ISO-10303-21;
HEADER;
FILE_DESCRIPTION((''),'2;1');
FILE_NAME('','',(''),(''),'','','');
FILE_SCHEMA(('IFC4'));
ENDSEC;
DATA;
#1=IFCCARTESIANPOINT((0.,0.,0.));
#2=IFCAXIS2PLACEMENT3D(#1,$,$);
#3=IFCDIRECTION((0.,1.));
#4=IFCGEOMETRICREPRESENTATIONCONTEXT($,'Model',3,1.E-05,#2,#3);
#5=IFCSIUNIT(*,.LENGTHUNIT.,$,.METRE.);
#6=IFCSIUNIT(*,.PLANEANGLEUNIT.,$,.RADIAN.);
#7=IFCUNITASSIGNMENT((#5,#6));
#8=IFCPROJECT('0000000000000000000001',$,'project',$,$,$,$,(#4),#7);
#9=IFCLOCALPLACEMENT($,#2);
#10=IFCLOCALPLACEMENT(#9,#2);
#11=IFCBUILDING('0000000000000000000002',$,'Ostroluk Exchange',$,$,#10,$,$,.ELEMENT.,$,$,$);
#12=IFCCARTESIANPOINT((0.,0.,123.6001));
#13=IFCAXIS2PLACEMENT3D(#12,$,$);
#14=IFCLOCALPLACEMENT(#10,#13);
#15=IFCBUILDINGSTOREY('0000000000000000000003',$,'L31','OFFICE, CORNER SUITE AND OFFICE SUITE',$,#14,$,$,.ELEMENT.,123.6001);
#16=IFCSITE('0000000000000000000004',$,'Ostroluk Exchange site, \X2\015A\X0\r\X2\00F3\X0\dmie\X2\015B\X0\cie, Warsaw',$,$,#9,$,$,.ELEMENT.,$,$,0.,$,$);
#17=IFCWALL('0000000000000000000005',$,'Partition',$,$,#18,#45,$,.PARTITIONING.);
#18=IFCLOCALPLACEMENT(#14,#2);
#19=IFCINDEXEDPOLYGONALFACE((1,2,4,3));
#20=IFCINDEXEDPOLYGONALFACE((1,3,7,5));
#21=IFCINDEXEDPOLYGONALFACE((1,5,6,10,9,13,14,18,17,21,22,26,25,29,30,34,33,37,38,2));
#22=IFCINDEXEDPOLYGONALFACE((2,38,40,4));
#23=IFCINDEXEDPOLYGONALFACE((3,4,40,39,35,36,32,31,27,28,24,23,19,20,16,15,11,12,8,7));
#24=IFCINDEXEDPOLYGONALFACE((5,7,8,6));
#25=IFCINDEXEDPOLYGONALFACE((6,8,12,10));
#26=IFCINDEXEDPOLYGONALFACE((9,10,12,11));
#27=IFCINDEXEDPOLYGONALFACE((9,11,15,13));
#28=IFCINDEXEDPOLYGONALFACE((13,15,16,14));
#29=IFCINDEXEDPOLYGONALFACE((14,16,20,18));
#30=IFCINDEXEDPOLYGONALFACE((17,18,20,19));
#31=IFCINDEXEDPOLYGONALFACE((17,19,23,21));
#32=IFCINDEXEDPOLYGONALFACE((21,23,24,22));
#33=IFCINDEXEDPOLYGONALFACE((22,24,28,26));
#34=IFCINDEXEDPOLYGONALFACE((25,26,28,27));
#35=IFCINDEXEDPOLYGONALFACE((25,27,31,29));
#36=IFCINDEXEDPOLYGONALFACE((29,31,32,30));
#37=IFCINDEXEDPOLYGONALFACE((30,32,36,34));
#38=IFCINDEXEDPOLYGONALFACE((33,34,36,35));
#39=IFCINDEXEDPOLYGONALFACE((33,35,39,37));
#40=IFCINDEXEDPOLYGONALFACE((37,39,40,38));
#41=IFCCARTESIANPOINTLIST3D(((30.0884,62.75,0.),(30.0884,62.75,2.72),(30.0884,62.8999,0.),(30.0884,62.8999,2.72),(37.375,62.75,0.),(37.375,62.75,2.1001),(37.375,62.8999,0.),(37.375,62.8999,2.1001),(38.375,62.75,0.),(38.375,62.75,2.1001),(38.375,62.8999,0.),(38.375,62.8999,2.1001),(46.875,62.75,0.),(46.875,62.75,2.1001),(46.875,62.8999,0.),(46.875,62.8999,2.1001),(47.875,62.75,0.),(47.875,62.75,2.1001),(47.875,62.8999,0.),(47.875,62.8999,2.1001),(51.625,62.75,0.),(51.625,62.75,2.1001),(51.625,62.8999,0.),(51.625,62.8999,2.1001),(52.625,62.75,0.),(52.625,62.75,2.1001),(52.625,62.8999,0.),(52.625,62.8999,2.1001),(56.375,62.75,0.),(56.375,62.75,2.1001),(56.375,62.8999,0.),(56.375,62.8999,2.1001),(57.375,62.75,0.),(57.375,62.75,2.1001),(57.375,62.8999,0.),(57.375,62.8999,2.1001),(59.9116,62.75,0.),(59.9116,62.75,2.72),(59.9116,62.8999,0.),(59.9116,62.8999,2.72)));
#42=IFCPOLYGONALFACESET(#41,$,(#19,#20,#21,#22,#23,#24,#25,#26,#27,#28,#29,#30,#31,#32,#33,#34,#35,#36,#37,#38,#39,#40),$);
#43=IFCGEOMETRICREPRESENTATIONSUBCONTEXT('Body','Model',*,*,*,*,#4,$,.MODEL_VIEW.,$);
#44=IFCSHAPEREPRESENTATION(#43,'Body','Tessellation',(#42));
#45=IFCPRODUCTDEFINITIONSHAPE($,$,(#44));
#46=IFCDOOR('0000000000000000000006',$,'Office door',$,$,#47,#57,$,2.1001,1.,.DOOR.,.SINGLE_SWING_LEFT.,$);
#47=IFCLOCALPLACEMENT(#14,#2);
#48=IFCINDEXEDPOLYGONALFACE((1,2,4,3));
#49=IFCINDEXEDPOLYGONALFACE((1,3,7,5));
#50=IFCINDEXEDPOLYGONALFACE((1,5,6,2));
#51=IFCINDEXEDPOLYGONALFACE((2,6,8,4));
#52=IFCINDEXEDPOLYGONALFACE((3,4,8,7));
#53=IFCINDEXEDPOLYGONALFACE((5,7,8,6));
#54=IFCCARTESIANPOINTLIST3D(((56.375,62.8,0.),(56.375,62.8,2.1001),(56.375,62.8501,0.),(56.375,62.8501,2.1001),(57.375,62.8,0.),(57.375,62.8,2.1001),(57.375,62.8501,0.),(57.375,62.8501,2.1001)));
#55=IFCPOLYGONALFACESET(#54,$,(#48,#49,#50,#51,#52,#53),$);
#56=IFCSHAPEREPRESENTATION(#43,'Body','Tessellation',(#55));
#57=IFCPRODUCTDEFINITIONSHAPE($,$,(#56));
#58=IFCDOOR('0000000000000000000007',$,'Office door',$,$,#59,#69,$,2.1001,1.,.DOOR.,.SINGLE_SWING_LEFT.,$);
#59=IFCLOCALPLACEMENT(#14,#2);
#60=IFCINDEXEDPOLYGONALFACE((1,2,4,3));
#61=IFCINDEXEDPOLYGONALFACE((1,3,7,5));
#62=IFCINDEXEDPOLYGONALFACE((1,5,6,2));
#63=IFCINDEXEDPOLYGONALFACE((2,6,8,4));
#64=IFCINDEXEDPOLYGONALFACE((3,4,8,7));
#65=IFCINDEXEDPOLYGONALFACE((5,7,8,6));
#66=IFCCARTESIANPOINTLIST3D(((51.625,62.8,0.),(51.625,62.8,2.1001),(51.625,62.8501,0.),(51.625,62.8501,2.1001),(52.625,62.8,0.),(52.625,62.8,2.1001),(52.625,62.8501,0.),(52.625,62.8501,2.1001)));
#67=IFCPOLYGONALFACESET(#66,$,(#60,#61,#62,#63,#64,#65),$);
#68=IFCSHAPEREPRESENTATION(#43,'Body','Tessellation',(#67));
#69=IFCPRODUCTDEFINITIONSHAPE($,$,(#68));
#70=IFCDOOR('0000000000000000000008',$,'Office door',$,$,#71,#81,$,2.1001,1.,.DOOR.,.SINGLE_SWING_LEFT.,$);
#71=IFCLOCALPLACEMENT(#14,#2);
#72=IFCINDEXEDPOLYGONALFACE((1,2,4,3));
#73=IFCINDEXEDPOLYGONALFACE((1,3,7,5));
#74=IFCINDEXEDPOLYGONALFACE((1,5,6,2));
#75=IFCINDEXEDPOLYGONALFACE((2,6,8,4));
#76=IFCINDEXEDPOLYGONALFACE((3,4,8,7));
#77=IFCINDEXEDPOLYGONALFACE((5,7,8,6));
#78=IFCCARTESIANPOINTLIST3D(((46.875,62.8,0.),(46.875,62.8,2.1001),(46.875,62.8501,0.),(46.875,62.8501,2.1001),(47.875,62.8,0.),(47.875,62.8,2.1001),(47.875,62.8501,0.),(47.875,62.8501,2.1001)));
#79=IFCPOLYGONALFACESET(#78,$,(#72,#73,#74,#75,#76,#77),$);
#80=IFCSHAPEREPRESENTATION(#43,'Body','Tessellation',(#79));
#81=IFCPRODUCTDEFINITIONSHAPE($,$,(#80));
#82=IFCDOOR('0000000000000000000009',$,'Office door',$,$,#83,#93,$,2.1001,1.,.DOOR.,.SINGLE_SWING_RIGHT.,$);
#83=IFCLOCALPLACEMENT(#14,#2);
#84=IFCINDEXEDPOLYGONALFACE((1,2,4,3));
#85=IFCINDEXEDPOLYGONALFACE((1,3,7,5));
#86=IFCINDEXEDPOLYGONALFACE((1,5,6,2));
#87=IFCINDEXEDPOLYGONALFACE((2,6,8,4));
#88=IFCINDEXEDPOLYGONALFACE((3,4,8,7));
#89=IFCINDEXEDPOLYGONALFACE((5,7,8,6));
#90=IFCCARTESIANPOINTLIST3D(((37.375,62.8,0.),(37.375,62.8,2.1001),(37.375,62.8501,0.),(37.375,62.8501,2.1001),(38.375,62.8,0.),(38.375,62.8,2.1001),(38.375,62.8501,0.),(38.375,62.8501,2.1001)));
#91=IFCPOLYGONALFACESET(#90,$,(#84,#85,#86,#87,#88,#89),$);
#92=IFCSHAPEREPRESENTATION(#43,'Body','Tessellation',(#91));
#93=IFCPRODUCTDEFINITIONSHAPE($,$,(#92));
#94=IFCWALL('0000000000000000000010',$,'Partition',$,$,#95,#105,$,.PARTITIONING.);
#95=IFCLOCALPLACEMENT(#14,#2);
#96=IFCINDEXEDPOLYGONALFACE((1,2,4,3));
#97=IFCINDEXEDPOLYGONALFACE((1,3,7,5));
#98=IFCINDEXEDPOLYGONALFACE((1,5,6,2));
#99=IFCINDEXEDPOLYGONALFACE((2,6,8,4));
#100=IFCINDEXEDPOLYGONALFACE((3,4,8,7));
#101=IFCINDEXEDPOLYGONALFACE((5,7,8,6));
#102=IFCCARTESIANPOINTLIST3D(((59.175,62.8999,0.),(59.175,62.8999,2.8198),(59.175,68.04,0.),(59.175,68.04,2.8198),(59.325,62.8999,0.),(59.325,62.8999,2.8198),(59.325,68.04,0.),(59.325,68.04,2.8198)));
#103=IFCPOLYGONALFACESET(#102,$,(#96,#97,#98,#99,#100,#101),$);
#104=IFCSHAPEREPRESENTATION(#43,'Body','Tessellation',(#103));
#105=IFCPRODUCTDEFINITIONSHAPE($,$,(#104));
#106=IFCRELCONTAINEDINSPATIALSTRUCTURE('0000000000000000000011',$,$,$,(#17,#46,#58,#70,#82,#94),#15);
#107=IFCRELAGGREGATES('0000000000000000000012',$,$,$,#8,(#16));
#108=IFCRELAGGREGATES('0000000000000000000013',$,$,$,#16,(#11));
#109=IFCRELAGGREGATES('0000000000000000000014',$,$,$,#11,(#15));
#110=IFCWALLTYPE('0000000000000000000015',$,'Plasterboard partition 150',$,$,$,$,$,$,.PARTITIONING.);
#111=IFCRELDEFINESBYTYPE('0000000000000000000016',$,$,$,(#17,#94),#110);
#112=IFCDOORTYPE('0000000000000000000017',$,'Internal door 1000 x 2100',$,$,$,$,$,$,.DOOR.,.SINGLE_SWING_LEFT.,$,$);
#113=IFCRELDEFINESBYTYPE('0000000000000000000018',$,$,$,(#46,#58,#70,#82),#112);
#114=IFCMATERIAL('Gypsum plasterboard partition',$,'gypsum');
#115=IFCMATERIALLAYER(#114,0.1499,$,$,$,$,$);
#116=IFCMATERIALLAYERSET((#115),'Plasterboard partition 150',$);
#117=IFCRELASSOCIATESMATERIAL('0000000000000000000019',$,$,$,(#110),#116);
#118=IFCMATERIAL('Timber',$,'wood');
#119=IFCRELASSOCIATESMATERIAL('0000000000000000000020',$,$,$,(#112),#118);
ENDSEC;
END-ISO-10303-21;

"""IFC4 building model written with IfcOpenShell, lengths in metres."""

from ifc_helpers import new_model, si_unit, direction, frame, frame_2d, origin, place, context, subcontext, project, spatial, rectangle, extrude, material, layer, layer_set, type_object, element, fill, save


model = new_model("IFC4")

# Units and contexts
model_context = context("Model", 3, precision=1e-05, world=origin(), true_north=direction((0.0, 1.0)))
body_context = subcontext(model_context, "Body", "Model", "MODEL_VIEW")
ifc_project = project(units=[si_unit("LENGTHUNIT", "METRE"), si_unit("PLANEANGLEUNIT", "RADIAN")], contexts=[model_context])

# Site, building, storey
site_placement = place(None, origin())
site = spatial("IfcSite", under=ifc_project, at=site_placement, Name="Ostroluk Exchange site, Śródmieście, Warsaw", CompositionType="ELEMENT", RefElevation=0.0)
building_placement = place(site_placement, origin())
building = spatial("IfcBuilding", under=site, at=building_placement, Name="Ostroluk Exchange", CompositionType="ELEMENT")
storey_placement = place(building_placement, frame((0.0, 0.0, 123.6001)))
storey = spatial("IfcBuildingStorey", under=building, at=storey_placement, Name="L31", Description="OFFICE, CORNER SUITE AND OFFICE SUITE", CompositionType="ELEMENT", Elevation=123.6001)

# Wall, openings, doors
ifc_material_1 = material(Name="Gypsum plasterboard partition", Category="gypsum")
ifc_layer_1 = layer(ifc_material_1, 0.1499)
ifc_layer_set_1 = layer_set([ifc_layer_1], Name="Plasterboard partition 150")
wall_type_1 = type_object("IfcWallType", Name="Plasterboard partition 150", PredefinedType="PARTITIONING", material=ifc_layer_set_1)
wall_1_placement = place(storey_placement, frame((59.9116, 62.825, 0.0), z_axis=(0.0, 0.0, 1.0), x_axis=(-1.0, 0.0, 0.0)))
wall_1 = element("IfcWall", 1, at=wall_1_placement, inside=storey, type_object=wall_type_1, Name="Partition", PredefinedType="PARTITIONING", context=body_context, shape_type="SweptSolid", body=[
    extrude(rectangle(XDim=29.8232, YDim=0.1499, at=frame_2d((14.9116, 0.0))), origin(), (0.0, 0.0, 1.0), 2.72),
])
opening_1_placement = place(wall_1_placement, frame((2.5366, 0.0, 0.0)))
opening_1 = element("IfcOpeningElement", 2, at=opening_1_placement, cuts=wall_1, PredefinedType="OPENING", context=body_context, shape_type="SweptSolid", body=[
    extrude(rectangle(XDim=1.0, YDim=2.1001, at=frame_2d((0.5, 1.05))), frame((0.0, 0.085, 0.0), z_axis=(0.0, -1.0, 0.0), x_axis=(1.0, 0.0, 0.0)), (0.0, 0.0, 1.0), 0.1699),
])
opening_2_placement = place(wall_1_placement, frame((7.2866, 0.0, 0.0)))
opening_2 = element("IfcOpeningElement", 3, at=opening_2_placement, cuts=wall_1, PredefinedType="OPENING", context=body_context, shape_type="SweptSolid", body=[
    extrude(rectangle(XDim=1.0, YDim=2.1001, at=frame_2d((0.5, 1.05))), frame((0.0, 0.085, 0.0), z_axis=(0.0, -1.0, 0.0), x_axis=(1.0, 0.0, 0.0)), (0.0, 0.0, 1.0), 0.1699),
])
opening_3_placement = place(wall_1_placement, frame((12.0366, 0.0, 0.0)))
opening_3 = element("IfcOpeningElement", 4, at=opening_3_placement, cuts=wall_1, PredefinedType="OPENING", context=body_context, shape_type="SweptSolid", body=[
    extrude(rectangle(XDim=1.0, YDim=2.1001, at=frame_2d((0.5, 1.05))), frame((0.0, 0.085, 0.0), z_axis=(0.0, -1.0, 0.0), x_axis=(1.0, 0.0, 0.0)), (0.0, 0.0, 1.0), 0.1699),
])
opening_4_placement = place(wall_1_placement, frame((21.5366, 0.0, 0.0)))
opening_4 = element("IfcOpeningElement", 5, at=opening_4_placement, cuts=wall_1, PredefinedType="OPENING", context=body_context, shape_type="SweptSolid", body=[
    extrude(rectangle(XDim=1.0, YDim=2.1001, at=frame_2d((0.5, 1.05))), frame((0.0, 0.085, 0.0), z_axis=(0.0, -1.0, 0.0), x_axis=(1.0, 0.0, 0.0)), (0.0, 0.0, 1.0), 0.1699),
])
ifc_material_2 = material(Name="Timber", Category="wood")
door_type_1 = type_object("IfcDoorType", Name="Internal door 1000 x 2100", OperationType="SINGLE_SWING_LEFT", PredefinedType="DOOR", material=ifc_material_2)
door_1_placement = place(opening_1_placement, origin())
door_1 = element("IfcDoor", 6, at=door_1_placement, inside=storey, type_object=door_type_1, Name="Office door", OperationType="SINGLE_SWING_LEFT", OverallHeight=2.1001, OverallWidth=1.0, PredefinedType="DOOR", context=body_context, shape_type="SweptSolid", body=[
    extrude(rectangle(XDim=1.0, YDim=2.1001, at=frame_2d((0.5, 1.05))), frame((0.0, 0.0249, 0.0), z_axis=(0.0, -1.0, 0.0), x_axis=(1.0, 0.0, 0.0)), (0.0, 0.0, 1.0), 0.05),
])
fill(opening_1, door_1)
door_2_placement = place(opening_2_placement, origin())
door_2 = element("IfcDoor", 7, at=door_2_placement, inside=storey, type_object=door_type_1, Name="Office door", OperationType="SINGLE_SWING_LEFT", OverallHeight=2.1001, OverallWidth=1.0, PredefinedType="DOOR", context=body_context, shape_type="SweptSolid", body=[
    extrude(rectangle(XDim=1.0, YDim=2.1001, at=frame_2d((0.5, 1.05))), frame((0.0, 0.0249, 0.0), z_axis=(0.0, -1.0, 0.0), x_axis=(1.0, 0.0, 0.0)), (0.0, 0.0, 1.0), 0.05),
])
fill(opening_2, door_2)
door_3_placement = place(opening_3_placement, origin())
door_3 = element("IfcDoor", 8, at=door_3_placement, inside=storey, type_object=door_type_1, Name="Office door", OperationType="SINGLE_SWING_LEFT", OverallHeight=2.1001, OverallWidth=1.0, PredefinedType="DOOR", context=body_context, shape_type="SweptSolid", body=[
    extrude(rectangle(XDim=1.0, YDim=2.1001, at=frame_2d((0.5, 1.05))), frame((0.0, 0.0249, 0.0), z_axis=(0.0, -1.0, 0.0), x_axis=(1.0, 0.0, 0.0)), (0.0, 0.0, 1.0), 0.05),
])
fill(opening_3, door_3)
door_4_placement = place(opening_4_placement, origin())
door_4 = element("IfcDoor", 9, at=door_4_placement, inside=storey, type_object=door_type_1, Name="Office door", OperationType="SINGLE_SWING_RIGHT", OverallHeight=2.1001, OverallWidth=1.0, PredefinedType="DOOR", context=body_context, shape_type="SweptSolid", body=[
    extrude(rectangle(XDim=1.0, YDim=2.1001, at=frame_2d((0.5, 1.05))), frame((0.0, 0.0249, 0.0), z_axis=(0.0, -1.0, 0.0), x_axis=(1.0, 0.0, 0.0)), (0.0, 0.0, 1.0), 0.05),
])
fill(opening_4, door_4)

# Wall
wall_2_placement = place(storey_placement, frame((59.25, 62.8999, 0.0), z_axis=(0.0, 0.0, 1.0), x_axis=(0.0, 1.0, 0.0)))
element("IfcWall", 10, at=wall_2_placement, inside=storey, type_object=wall_type_1, Name="Partition", PredefinedType="PARTITIONING", context=body_context, shape_type="SweptSolid", body=[
    extrude(rectangle(XDim=5.1401, YDim=0.1499, at=frame_2d((2.5701, 0.0))), origin(), (0.0, 0.0, 1.0), 2.8198),
])

save(model, "model.ifc")
